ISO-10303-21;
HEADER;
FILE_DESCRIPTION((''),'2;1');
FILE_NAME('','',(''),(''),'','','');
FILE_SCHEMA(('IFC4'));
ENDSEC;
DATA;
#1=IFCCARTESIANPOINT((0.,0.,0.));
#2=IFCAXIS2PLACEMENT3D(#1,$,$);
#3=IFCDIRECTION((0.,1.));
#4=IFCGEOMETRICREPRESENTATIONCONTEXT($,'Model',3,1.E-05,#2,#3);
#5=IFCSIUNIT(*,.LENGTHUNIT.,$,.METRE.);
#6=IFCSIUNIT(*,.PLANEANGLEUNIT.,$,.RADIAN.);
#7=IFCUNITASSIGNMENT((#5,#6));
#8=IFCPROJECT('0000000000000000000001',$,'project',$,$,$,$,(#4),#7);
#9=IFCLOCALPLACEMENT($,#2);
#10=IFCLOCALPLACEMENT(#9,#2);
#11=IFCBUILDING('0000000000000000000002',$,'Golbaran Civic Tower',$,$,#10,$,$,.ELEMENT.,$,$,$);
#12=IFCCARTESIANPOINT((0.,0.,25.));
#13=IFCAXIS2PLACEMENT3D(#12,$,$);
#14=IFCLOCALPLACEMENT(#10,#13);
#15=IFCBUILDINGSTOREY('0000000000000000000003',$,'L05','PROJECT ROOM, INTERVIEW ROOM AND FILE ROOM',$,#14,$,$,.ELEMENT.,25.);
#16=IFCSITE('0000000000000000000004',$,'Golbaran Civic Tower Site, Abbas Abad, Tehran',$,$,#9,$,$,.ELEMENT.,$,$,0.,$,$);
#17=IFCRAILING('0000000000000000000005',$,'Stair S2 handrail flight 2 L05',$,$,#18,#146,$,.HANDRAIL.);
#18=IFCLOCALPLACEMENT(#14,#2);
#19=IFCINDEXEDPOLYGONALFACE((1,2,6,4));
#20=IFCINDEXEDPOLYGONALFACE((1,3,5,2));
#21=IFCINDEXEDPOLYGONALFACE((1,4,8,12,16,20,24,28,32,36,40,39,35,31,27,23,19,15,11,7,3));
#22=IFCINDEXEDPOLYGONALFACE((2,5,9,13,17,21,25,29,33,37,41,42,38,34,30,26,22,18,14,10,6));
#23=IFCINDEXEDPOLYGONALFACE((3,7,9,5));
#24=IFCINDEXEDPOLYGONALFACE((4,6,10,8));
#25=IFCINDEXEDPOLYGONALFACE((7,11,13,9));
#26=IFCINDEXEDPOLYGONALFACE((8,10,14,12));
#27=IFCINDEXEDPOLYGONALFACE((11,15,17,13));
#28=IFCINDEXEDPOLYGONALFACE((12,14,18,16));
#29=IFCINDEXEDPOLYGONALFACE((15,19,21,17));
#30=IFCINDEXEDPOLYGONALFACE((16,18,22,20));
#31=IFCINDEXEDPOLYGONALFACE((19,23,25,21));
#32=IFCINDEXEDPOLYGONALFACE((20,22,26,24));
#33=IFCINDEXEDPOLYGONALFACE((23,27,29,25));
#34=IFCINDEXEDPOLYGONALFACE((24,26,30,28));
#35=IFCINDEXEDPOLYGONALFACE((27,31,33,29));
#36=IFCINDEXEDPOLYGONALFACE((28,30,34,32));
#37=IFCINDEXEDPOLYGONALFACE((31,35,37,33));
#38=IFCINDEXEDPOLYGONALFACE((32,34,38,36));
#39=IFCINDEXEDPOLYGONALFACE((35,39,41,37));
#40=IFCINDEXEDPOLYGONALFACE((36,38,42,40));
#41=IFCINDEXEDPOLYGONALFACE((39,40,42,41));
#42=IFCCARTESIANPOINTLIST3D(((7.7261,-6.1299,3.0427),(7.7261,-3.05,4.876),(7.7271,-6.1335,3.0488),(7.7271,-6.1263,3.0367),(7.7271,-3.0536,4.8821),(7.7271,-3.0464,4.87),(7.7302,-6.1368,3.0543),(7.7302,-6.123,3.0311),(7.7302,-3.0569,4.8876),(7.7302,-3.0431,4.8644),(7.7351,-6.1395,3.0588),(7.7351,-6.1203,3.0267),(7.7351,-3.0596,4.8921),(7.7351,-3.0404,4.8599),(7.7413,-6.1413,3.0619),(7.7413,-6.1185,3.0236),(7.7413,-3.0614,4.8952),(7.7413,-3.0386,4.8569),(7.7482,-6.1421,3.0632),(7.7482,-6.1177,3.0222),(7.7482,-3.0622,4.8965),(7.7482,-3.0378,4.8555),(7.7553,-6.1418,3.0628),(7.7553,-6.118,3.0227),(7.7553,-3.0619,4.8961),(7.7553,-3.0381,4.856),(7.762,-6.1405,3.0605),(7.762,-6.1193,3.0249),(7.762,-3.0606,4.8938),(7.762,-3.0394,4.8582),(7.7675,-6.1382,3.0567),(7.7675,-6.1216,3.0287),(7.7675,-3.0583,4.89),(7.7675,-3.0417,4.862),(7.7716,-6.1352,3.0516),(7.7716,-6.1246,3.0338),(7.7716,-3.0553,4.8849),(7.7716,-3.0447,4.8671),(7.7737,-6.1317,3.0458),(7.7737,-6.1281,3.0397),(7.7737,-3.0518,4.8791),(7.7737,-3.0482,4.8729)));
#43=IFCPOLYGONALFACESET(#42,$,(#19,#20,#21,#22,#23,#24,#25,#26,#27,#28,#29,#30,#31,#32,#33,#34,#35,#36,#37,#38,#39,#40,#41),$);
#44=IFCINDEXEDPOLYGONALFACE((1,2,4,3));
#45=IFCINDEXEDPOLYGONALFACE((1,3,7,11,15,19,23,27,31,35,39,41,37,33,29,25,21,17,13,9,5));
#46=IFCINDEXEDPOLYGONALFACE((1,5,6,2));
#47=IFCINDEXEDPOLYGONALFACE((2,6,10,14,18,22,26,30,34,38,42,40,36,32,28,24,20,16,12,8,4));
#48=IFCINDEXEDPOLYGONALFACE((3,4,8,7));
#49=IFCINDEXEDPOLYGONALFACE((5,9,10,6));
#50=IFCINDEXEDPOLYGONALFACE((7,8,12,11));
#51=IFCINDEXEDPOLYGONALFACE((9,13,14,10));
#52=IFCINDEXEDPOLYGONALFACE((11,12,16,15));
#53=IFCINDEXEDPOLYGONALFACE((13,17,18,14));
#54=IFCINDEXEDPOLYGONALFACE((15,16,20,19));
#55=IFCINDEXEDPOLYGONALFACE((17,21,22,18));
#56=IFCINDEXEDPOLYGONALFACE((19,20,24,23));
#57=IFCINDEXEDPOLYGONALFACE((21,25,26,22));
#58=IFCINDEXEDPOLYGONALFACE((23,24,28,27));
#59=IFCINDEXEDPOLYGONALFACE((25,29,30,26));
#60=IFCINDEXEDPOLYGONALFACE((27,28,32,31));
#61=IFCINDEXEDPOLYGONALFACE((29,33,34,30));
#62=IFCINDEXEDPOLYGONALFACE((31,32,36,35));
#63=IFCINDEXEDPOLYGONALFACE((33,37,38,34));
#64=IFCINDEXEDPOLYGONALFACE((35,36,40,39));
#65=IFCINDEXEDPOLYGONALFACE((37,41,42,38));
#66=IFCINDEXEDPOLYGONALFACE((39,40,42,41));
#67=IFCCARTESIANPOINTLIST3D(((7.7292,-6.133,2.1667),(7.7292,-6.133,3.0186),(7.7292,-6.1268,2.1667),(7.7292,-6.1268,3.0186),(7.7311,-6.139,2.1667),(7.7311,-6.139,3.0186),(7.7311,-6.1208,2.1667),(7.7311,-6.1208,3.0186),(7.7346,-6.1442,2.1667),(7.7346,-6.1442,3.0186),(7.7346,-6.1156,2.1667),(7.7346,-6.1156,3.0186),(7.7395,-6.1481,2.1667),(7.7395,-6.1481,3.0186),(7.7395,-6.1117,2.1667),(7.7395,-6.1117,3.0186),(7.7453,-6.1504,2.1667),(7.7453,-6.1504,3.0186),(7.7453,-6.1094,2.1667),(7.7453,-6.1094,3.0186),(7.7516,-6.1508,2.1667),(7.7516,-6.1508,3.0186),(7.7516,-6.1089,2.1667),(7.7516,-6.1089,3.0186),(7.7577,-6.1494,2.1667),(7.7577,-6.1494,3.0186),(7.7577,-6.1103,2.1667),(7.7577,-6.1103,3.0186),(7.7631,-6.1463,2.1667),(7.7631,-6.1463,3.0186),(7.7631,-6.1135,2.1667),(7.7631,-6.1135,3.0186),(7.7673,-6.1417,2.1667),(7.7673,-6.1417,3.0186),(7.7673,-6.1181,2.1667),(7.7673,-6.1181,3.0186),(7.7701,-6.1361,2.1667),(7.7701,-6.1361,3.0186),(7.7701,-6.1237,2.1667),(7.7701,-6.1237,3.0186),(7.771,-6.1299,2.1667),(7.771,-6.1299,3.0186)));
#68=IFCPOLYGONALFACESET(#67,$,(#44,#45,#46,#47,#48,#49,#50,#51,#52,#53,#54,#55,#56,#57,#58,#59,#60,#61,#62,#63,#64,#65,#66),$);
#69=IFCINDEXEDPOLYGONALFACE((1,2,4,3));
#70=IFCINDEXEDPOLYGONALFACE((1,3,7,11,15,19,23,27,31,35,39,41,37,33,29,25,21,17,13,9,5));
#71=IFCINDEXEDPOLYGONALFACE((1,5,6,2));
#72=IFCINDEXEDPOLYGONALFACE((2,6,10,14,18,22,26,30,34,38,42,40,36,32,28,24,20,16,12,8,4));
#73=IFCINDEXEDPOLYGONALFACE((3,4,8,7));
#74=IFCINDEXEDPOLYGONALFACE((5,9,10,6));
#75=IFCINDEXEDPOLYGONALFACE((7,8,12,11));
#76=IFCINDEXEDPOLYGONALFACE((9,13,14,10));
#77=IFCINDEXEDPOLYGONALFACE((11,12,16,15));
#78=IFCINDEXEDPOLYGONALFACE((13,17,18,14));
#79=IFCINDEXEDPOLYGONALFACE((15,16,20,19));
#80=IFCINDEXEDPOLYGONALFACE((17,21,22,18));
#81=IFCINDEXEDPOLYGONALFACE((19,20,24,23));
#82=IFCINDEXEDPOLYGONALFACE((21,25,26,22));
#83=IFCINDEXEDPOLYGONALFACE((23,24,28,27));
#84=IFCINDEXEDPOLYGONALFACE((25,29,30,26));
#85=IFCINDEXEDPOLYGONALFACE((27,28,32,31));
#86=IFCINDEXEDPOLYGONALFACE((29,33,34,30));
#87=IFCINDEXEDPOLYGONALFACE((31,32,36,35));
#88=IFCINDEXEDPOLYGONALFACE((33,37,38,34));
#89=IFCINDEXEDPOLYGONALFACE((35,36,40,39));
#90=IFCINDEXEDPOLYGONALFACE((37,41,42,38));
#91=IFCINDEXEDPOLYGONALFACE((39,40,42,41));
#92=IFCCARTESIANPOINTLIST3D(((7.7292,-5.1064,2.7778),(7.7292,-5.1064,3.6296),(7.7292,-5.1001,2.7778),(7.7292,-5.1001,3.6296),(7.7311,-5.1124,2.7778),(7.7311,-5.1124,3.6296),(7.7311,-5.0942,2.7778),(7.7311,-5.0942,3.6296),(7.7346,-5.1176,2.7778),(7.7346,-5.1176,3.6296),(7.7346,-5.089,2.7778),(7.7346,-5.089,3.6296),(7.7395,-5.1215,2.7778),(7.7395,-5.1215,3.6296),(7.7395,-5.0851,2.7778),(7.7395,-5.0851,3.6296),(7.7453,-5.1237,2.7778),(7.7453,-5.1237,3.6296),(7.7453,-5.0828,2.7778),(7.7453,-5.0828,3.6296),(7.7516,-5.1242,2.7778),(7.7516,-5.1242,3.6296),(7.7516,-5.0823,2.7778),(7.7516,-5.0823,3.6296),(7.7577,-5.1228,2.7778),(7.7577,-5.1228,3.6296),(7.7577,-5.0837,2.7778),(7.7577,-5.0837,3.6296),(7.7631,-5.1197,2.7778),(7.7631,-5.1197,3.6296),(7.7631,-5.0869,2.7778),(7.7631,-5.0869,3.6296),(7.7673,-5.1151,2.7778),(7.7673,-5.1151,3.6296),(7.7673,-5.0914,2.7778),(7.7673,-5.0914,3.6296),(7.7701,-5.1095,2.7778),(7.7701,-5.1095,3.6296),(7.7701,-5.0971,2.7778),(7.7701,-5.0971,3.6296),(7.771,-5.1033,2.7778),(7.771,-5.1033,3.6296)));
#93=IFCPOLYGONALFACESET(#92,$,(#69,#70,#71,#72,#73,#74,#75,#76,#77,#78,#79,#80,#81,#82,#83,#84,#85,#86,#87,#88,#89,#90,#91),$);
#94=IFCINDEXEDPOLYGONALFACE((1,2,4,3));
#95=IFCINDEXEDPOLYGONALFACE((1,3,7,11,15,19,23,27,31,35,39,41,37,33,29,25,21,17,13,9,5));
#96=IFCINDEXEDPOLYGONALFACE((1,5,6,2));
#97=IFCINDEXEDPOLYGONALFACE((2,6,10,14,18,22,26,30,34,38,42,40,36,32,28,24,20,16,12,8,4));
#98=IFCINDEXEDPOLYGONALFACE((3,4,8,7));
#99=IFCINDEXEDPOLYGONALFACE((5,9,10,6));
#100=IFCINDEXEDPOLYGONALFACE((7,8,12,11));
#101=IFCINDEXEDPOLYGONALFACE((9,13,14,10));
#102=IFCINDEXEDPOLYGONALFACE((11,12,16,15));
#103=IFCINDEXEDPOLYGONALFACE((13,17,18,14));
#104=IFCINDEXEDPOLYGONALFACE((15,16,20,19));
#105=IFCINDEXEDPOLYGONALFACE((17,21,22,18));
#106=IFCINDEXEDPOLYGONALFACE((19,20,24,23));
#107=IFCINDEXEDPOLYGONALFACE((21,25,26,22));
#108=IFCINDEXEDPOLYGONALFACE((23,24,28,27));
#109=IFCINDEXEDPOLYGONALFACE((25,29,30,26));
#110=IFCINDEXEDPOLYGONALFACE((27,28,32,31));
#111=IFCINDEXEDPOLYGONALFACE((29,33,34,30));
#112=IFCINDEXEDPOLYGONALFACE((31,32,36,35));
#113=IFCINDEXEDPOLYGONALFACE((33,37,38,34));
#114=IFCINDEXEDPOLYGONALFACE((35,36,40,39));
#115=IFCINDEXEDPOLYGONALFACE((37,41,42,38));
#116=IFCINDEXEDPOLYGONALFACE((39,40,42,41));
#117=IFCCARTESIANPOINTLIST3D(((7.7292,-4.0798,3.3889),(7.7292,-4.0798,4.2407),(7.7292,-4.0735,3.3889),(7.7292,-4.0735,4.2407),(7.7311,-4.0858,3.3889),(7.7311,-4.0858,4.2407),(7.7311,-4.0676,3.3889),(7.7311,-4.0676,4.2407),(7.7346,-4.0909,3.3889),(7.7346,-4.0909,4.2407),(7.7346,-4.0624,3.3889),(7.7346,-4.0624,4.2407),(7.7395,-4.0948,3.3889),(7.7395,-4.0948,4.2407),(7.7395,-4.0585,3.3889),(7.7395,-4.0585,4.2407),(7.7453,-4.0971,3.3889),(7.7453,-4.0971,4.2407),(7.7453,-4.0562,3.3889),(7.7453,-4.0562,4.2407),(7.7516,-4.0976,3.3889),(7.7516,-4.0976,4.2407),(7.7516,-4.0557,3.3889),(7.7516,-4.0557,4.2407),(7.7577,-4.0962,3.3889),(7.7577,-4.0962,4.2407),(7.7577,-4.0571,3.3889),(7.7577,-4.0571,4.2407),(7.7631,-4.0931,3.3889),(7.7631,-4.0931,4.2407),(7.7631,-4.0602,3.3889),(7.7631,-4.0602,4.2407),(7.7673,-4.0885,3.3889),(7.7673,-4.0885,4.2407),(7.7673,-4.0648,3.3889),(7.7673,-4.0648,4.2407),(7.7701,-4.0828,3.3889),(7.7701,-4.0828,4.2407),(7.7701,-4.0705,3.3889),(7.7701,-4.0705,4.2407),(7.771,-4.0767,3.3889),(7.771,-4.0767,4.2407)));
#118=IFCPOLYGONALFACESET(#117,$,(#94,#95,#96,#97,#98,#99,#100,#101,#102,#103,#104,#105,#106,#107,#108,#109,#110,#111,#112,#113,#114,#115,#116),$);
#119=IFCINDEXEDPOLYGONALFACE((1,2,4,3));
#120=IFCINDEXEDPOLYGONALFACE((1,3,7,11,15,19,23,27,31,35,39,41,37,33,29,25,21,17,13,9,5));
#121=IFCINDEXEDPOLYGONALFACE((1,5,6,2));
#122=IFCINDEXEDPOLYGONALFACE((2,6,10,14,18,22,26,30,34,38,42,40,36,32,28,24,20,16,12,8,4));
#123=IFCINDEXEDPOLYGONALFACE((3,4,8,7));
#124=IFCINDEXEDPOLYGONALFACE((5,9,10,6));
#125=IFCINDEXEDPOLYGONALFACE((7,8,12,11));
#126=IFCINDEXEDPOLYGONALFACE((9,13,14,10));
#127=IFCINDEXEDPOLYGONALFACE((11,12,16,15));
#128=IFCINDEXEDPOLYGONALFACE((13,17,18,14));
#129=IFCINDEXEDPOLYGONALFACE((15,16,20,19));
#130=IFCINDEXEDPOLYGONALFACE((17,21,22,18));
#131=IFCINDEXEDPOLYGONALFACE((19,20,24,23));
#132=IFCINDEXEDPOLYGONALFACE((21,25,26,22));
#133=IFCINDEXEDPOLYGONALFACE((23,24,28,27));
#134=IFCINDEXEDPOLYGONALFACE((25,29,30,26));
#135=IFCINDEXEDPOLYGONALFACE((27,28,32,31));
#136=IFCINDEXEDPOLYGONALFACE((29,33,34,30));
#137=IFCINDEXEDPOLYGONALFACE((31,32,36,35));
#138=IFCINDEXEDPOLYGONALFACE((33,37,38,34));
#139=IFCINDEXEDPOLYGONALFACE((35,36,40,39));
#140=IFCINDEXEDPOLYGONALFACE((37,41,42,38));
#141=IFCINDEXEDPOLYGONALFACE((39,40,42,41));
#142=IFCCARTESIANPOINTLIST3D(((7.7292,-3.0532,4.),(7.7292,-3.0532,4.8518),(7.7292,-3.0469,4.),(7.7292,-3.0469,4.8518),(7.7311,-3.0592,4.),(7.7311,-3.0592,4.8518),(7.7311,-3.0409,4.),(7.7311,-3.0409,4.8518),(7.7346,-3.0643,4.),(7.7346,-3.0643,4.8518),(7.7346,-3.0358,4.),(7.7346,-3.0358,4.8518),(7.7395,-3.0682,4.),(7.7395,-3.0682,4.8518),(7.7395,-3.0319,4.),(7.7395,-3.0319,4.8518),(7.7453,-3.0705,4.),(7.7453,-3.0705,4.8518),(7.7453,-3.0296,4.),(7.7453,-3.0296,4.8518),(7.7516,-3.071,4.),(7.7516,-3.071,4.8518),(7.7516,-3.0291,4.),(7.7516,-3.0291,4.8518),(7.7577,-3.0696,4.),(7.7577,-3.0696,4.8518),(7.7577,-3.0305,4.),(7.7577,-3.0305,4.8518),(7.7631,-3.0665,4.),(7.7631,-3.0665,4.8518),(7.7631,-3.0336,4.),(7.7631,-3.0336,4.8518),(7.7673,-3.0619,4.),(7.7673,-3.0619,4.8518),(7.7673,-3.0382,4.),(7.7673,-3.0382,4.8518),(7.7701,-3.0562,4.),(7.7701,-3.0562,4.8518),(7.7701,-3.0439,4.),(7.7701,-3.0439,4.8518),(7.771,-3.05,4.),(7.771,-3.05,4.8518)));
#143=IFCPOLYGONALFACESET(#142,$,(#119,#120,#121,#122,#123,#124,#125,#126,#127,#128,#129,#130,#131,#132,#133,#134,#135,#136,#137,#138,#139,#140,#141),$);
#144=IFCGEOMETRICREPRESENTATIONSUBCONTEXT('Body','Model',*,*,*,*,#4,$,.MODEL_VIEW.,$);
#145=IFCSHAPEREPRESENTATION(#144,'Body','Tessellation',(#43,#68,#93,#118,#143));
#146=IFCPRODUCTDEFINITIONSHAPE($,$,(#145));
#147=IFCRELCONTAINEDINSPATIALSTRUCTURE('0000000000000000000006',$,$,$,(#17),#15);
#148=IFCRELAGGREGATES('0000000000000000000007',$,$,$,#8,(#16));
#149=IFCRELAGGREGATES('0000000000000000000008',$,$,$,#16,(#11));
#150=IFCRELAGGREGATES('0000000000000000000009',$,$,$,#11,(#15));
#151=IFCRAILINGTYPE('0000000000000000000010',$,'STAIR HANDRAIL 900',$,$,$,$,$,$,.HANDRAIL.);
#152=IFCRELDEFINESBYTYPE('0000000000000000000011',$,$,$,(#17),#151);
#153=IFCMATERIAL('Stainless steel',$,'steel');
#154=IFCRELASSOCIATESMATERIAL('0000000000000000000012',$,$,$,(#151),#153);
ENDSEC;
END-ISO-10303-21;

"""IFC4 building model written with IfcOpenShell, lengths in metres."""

from ifc_helpers import new_model, si_unit, direction, frame, origin, origin_2d, place, context, subcontext, project, spatial, circle, extrude, material, type_object, element, save


model = new_model("IFC4")

# Units and contexts
model_context = context("Model", 3, precision=1e-05, world=origin(), true_north=direction((0.0, 1.0)))
body_context = subcontext(model_context, "Body", "Model", "MODEL_VIEW")
ifc_project = project(units=[si_unit("LENGTHUNIT", "METRE"), si_unit("PLANEANGLEUNIT", "RADIAN")], contexts=[model_context])

# Site, building, storey
site_placement = place(None, origin())
site = spatial("IfcSite", under=ifc_project, at=site_placement, Name="Golbaran Civic Tower Site, Abbas Abad, Tehran", CompositionType="ELEMENT", RefElevation=0.0)
building_placement = place(site_placement, origin())
building = spatial("IfcBuilding", under=site, at=building_placement, Name="Golbaran Civic Tower", CompositionType="ELEMENT")
storey_placement = place(building_placement, frame((0.0, 0.0, 25.0)))
storey = spatial("IfcBuildingStorey", under=building, at=storey_placement, Name="L05", Description="PROJECT ROOM, INTERVIEW ROOM AND FILE ROOM", CompositionType="ELEMENT", Elevation=25.0)

# Shared definitions
ifc_material_1 = material(Name="Stainless steel", Category="steel")

# Railing
railing_type = type_object("IfcRailingType", Name="STAIR HANDRAIL 900", PredefinedType="HANDRAIL", material=ifc_material_1)
railing_placement = place(storey_placement, frame((7.75, -6.1299, 2.1667)))
element("IfcRailing", 1, at=railing_placement, inside=storey, type_object=railing_type, Name="Stair S2 handrail flight 2 L05", PredefinedType="HANDRAIL", context=body_context, shape_type="SweptSolid", body=[
    extrude(circle(Radius=0.0239, at=origin_2d()), frame((0.0, 0.0, 0.876), z_axis=(0.0, 0.859291, 0.511487), x_axis=(-1.0, 0.0, 0.0)), (0.0, 0.0, 1.0), 3.5842),
    extrude(circle(Radius=0.021, at=origin_2d()), origin(), (0.0, 0.0, 1.0), 0.8518),
    extrude(circle(Radius=0.021, at=origin_2d()), frame((0.0, 1.0266, 0.6111)), (0.0, 0.0, 1.0), 0.8518),
    extrude(circle(Radius=0.021, at=origin_2d()), frame((0.0, 2.0532, 1.2222)), (0.0, 0.0, 1.0), 0.8518),
    extrude(circle(Radius=0.021, at=origin_2d()), frame((0.0, 3.0798, 1.8333)), (0.0, 0.0, 1.0), 0.8518),
])

save(model, "model.ifc")
